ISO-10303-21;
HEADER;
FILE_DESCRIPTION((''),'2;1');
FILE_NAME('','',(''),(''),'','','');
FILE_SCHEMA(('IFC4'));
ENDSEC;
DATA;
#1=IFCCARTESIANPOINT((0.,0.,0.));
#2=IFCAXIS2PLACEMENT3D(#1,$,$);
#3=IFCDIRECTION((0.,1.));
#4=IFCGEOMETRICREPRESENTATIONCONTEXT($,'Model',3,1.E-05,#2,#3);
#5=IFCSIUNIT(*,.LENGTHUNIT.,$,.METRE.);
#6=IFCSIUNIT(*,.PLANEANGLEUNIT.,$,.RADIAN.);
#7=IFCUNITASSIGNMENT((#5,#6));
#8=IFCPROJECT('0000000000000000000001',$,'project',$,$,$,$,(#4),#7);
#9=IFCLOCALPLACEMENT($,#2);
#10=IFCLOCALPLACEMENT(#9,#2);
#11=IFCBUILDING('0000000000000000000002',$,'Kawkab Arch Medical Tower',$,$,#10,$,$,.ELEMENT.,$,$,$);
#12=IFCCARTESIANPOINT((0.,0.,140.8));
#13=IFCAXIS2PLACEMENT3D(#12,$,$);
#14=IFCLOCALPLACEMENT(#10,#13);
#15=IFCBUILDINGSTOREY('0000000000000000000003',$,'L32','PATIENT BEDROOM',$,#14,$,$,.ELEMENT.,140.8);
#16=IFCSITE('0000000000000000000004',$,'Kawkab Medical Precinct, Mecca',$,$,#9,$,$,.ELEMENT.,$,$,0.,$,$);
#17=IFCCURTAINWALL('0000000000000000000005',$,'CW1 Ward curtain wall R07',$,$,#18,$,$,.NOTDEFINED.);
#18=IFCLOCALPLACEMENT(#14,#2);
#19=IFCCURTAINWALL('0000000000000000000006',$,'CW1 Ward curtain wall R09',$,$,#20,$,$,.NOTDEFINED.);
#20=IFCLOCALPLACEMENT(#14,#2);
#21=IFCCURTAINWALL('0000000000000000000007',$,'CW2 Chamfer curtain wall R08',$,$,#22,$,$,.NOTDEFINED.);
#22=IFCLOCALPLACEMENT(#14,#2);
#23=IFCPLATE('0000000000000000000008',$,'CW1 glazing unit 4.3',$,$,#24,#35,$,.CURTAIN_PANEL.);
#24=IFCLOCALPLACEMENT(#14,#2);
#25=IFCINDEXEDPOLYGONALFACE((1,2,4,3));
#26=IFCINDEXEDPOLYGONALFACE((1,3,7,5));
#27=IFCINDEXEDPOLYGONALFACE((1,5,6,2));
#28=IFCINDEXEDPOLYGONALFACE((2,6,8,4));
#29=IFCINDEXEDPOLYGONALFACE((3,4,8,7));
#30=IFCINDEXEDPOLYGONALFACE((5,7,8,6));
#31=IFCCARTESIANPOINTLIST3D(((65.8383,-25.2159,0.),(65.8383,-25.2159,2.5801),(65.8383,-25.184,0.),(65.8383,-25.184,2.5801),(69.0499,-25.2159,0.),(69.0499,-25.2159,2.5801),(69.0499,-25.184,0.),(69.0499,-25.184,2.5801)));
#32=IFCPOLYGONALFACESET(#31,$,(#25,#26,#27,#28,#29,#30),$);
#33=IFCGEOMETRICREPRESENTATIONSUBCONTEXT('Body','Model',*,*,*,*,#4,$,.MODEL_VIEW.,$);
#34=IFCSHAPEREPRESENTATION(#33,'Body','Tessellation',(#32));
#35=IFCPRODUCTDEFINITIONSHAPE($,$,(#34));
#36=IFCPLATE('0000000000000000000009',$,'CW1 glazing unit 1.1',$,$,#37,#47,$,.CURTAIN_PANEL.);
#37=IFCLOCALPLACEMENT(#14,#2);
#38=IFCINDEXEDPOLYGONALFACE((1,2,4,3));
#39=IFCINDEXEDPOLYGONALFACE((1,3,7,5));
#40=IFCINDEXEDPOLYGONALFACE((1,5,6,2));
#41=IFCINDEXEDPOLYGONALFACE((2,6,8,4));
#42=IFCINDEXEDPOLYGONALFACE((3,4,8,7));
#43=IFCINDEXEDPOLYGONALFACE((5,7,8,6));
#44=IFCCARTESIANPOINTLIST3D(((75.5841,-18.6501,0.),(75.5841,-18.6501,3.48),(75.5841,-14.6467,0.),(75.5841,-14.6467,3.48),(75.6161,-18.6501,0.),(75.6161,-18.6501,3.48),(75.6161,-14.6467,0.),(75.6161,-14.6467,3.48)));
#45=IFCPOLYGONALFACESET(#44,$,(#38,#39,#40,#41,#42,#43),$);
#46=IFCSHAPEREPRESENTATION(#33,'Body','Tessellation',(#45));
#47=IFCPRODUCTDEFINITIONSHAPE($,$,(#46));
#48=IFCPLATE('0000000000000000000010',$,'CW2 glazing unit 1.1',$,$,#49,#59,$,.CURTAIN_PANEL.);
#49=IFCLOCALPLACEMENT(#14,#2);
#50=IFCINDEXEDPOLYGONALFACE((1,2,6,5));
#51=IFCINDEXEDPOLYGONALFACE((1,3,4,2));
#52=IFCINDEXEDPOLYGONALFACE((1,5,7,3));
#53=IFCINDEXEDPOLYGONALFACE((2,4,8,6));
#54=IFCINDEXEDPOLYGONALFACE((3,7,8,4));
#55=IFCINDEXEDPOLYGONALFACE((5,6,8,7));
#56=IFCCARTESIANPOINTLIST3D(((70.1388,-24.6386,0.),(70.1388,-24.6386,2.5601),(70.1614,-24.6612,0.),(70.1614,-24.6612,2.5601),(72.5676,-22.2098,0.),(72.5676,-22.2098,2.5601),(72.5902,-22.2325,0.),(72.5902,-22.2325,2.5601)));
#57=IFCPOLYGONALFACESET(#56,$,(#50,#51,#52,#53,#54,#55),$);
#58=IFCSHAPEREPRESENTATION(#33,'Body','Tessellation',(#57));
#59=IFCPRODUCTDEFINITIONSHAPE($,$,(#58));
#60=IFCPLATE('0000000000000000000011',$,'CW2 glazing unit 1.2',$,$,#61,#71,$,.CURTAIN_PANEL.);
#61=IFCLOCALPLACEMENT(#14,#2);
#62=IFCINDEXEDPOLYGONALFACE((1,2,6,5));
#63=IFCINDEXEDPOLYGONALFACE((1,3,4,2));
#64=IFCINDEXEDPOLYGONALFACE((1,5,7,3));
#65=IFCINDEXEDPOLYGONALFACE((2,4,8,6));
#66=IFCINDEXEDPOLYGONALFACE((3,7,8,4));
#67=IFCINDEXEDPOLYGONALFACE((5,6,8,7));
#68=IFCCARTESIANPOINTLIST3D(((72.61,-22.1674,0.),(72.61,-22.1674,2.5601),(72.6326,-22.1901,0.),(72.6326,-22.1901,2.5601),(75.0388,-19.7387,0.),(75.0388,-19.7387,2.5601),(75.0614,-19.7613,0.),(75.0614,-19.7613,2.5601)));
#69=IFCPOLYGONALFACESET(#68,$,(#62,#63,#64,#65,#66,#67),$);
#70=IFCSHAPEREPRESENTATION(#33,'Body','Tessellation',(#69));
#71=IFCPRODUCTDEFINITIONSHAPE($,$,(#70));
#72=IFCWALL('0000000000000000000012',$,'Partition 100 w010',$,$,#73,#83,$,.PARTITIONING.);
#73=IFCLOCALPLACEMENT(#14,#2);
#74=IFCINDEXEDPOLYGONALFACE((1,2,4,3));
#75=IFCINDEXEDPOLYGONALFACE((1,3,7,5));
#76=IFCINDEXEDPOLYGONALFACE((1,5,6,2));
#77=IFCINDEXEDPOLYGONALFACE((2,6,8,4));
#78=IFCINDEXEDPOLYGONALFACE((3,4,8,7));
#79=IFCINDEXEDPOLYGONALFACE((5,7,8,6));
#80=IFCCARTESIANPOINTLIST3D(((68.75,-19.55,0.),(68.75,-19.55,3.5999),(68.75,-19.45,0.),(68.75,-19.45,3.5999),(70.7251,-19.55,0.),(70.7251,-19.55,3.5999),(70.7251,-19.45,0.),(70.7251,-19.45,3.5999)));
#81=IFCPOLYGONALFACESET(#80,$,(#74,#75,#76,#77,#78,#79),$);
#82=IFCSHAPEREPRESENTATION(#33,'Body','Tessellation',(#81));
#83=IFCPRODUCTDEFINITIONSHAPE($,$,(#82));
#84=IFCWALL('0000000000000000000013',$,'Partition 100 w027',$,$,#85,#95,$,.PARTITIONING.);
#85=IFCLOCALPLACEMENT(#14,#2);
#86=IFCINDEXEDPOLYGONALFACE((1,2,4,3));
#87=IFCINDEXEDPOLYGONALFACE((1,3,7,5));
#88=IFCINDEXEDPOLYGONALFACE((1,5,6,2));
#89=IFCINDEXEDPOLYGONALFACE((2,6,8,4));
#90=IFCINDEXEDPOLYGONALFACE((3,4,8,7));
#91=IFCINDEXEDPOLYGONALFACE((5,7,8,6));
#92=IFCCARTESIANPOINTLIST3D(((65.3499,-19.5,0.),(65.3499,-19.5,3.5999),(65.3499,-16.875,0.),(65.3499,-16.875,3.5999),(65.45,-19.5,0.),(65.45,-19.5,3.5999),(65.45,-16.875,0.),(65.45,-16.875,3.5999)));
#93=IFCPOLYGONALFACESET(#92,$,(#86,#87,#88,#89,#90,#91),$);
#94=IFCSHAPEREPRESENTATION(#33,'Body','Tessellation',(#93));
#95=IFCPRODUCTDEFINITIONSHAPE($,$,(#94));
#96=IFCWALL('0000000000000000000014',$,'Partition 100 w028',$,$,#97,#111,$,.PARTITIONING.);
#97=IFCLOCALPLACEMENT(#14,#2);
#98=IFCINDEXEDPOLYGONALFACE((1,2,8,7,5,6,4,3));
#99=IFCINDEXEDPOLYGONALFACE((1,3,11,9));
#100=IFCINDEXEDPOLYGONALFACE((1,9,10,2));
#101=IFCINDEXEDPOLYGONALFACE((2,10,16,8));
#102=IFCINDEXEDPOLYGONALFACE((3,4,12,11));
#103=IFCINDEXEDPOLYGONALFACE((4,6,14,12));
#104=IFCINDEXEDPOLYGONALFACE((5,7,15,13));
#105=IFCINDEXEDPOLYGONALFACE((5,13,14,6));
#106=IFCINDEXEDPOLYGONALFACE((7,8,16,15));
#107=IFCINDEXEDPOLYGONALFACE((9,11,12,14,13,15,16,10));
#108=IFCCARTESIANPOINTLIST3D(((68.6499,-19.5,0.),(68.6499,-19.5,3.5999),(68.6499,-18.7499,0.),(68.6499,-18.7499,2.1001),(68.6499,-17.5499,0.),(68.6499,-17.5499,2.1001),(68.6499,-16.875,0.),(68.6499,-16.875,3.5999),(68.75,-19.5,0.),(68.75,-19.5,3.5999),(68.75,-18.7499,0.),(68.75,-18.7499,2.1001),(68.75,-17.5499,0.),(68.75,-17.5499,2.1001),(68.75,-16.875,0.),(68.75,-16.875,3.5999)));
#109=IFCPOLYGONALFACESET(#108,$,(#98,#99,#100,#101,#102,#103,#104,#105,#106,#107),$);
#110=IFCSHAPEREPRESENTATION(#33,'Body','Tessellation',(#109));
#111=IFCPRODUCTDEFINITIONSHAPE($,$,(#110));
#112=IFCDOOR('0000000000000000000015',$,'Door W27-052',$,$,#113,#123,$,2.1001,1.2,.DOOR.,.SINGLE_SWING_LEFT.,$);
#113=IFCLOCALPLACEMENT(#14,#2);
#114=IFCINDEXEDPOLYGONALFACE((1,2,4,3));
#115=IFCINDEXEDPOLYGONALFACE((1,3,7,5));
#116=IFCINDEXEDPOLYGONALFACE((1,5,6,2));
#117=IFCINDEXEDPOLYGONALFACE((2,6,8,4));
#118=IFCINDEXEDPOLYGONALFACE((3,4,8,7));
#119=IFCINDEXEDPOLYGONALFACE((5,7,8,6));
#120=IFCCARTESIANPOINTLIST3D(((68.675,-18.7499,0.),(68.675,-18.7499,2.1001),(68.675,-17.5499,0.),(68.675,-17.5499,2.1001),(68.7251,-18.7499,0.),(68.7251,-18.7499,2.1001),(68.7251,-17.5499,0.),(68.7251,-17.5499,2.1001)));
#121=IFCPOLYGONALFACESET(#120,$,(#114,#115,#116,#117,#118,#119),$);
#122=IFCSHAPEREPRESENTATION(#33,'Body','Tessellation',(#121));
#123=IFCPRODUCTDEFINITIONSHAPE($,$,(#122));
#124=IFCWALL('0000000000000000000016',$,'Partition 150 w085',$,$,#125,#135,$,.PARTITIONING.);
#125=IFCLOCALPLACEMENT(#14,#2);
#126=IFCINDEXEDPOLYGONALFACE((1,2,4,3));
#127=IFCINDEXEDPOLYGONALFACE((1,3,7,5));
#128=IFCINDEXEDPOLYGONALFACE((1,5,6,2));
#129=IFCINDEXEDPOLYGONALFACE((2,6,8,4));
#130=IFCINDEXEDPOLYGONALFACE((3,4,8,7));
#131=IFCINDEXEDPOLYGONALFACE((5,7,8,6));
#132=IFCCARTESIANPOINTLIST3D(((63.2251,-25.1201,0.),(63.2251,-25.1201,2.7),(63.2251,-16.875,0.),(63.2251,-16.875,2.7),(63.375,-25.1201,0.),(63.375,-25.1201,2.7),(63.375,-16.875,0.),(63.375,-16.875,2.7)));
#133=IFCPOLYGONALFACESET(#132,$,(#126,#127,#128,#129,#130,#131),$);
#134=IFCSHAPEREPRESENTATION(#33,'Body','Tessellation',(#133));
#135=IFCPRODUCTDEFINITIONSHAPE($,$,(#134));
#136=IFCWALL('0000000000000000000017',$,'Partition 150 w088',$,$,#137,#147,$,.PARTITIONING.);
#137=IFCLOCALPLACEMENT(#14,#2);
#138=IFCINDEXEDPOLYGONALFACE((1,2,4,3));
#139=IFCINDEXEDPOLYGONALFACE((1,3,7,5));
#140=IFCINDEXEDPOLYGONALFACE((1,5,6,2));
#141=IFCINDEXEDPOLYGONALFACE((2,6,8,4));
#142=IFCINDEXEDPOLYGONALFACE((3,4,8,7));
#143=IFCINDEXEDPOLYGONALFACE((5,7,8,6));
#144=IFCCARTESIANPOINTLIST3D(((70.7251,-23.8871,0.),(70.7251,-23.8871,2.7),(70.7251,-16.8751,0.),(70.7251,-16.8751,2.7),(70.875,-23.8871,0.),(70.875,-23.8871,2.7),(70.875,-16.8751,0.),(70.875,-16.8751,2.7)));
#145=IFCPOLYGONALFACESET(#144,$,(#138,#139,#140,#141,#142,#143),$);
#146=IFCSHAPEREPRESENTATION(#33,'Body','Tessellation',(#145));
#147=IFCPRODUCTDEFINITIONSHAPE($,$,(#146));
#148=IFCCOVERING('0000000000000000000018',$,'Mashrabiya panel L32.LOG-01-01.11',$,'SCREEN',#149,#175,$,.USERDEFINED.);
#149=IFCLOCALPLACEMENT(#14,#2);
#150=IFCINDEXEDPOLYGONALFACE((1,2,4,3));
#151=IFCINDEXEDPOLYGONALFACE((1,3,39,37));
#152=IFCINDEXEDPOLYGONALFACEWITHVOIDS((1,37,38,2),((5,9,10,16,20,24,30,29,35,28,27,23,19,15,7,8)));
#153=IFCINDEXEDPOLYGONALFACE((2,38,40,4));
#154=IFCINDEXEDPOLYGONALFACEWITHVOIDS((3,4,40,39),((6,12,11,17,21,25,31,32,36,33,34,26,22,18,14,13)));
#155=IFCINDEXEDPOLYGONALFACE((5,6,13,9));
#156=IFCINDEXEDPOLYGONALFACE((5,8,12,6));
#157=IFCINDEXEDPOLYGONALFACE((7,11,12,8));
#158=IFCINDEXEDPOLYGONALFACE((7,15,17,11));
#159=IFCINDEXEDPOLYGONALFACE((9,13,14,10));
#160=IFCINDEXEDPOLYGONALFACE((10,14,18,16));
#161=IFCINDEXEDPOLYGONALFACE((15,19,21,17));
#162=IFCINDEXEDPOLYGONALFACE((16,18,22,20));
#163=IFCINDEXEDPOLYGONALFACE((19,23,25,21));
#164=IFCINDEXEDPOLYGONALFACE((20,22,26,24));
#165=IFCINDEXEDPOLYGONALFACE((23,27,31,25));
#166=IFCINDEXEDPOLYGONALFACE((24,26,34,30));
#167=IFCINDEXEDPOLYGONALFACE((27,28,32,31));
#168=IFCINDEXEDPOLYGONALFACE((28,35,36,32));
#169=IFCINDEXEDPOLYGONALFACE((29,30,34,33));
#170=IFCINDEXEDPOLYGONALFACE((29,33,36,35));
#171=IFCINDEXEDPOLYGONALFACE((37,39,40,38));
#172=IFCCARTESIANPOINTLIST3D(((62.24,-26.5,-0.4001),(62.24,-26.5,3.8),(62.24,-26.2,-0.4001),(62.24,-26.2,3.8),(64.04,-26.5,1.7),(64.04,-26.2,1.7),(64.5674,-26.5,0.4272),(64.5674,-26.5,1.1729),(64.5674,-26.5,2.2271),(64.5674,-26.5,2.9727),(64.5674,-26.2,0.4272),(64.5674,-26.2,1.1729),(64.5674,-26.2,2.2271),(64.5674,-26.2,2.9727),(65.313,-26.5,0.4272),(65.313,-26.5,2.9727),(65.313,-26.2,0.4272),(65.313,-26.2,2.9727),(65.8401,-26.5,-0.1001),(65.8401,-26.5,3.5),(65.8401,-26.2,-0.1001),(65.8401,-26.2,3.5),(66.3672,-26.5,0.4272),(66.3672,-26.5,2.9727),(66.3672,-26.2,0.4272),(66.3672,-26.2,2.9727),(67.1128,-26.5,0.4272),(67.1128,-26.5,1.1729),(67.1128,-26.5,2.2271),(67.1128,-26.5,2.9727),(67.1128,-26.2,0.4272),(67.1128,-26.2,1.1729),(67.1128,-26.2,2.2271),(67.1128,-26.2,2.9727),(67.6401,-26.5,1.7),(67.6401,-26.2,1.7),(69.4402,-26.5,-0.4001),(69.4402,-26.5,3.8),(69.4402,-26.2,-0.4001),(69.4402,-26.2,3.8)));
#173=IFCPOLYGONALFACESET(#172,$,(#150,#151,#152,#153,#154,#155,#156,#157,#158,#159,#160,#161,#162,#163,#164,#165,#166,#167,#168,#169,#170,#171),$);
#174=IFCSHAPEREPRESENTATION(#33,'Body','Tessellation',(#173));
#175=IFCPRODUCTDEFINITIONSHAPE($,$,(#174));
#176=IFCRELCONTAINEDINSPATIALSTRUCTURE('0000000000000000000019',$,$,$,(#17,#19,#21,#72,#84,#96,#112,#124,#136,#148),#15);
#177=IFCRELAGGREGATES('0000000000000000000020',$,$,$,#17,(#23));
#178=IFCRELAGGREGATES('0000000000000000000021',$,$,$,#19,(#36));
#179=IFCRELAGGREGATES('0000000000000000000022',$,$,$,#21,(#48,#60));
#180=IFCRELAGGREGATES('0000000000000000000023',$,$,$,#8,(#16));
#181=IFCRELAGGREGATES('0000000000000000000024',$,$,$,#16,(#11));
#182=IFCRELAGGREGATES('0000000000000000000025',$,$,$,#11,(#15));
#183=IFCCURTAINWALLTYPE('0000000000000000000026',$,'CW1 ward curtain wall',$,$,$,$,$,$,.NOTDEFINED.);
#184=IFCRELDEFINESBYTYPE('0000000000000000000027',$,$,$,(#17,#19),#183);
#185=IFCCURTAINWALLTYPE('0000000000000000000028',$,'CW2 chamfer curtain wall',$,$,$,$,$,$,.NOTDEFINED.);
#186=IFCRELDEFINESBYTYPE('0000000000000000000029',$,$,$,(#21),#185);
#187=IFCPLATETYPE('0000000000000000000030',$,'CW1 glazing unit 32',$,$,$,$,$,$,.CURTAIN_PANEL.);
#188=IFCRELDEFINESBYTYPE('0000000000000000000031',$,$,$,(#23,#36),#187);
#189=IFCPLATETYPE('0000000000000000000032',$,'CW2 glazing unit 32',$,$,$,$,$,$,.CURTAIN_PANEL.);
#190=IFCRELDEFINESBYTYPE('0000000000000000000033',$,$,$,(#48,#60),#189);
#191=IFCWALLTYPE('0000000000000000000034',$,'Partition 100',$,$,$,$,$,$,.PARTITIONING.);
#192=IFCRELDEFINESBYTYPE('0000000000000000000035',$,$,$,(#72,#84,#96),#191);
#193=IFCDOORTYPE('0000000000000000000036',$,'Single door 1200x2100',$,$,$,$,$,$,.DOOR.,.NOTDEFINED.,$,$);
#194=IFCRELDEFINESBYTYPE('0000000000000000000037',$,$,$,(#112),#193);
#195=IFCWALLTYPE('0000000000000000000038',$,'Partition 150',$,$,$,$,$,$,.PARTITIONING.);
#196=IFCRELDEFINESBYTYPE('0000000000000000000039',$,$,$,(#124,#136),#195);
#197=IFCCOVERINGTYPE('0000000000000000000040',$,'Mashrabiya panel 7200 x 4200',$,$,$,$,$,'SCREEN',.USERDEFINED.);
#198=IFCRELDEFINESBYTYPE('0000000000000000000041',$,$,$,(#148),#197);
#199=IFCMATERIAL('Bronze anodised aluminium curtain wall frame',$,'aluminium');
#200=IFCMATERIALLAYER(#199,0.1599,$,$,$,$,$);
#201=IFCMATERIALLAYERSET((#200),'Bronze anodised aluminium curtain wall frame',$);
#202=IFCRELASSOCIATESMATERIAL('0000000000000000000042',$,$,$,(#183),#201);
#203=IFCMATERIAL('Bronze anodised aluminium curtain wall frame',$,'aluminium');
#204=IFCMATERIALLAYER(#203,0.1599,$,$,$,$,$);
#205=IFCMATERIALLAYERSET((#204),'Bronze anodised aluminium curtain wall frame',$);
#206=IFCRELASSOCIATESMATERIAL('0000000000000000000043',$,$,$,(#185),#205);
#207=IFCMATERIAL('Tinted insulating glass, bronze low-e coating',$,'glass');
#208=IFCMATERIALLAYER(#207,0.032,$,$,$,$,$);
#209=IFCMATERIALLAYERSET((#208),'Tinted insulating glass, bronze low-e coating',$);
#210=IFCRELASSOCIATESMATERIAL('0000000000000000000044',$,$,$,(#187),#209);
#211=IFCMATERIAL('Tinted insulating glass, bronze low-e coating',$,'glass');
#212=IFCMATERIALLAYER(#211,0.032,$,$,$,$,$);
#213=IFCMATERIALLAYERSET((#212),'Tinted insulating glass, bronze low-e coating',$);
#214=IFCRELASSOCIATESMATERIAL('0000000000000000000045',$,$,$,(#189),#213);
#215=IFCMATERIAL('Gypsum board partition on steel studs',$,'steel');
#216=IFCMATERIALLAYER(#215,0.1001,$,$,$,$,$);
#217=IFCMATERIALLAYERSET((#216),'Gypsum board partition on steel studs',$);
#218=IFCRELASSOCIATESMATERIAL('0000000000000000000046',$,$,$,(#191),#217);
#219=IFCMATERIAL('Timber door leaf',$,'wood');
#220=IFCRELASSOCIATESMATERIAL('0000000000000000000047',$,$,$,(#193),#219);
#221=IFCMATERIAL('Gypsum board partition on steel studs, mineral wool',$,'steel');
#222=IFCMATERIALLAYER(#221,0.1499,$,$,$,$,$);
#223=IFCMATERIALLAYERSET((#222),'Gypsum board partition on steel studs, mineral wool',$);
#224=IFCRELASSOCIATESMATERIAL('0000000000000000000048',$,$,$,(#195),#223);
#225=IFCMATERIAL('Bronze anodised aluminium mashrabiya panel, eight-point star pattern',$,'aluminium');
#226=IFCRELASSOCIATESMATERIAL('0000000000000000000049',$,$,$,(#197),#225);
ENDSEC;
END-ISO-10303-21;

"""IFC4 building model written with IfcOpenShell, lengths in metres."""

from ifc_helpers import new_model, si_unit, direction, frame, frame_2d, origin, origin_2d, place, context, subcontext, project, spatial, polyline, rectangle, outline, extrude, material, layer, layer_set, material_profile, profile_set, type_object, element, fill, aggregate, save


model = new_model("IFC4")

# Units and contexts
model_context = context("Model", 3, precision=1e-05, world=origin(), true_north=direction((0.0, 1.0)))
body_context = subcontext(model_context, "Body", "Model", "MODEL_VIEW")
ifc_project = project(units=[si_unit("LENGTHUNIT", "METRE"), si_unit("PLANEANGLEUNIT", "RADIAN")], contexts=[model_context])

# Site, building, storey
site_placement = place(None, origin())
site = spatial("IfcSite", under=ifc_project, at=site_placement, Name="Kawkab Medical Precinct, Mecca", CompositionType="ELEMENT", RefElevation=0.0)
building_placement = place(site_placement, origin())
building = spatial("IfcBuilding", under=site, at=building_placement, Name="Kawkab Arch Medical Tower", CompositionType="ELEMENT")
storey_placement = place(building_placement, frame((0.0, 0.0, 140.8)))
storey = spatial("IfcBuildingStorey", under=building, at=storey_placement, Name="L32", Description="PATIENT BEDROOM", CompositionType="ELEMENT", Elevation=140.8)

# Curtain walls
ifc_material_1 = material(Name="Bronze anodised aluminium curtain wall frame", Category="aluminium")
ifc_layer_1 = layer(ifc_material_1, 0.1599)
ifc_layer_set_1 = layer_set([ifc_layer_1], Name="Bronze anodised aluminium curtain wall frame")
curtain_wall_type_1 = type_object("IfcCurtainWallType", Name="CW1 ward curtain wall", PredefinedType="NOTDEFINED", material=ifc_layer_set_1)
placement = place(storey_placement, origin())
curtain_wall_1 = element("IfcCurtainWall", 1, at=placement, inside=storey, type_object=curtain_wall_type_1, Name="CW1 Ward curtain wall R07", PredefinedType="NOTDEFINED")
curtain_wall_2 = element("IfcCurtainWall", 2, at=placement, inside=storey, type_object=curtain_wall_type_1, Name="CW1 Ward curtain wall R09", PredefinedType="NOTDEFINED")
ifc_material_2 = material(Name="Bronze anodised aluminium curtain wall frame", Category="aluminium")
ifc_layer_2 = layer(ifc_material_2, 0.1599)
ifc_layer_set_2 = layer_set([ifc_layer_2], Name="Bronze anodised aluminium curtain wall frame")
curtain_wall_type_2 = type_object("IfcCurtainWallType", Name="CW2 chamfer curtain wall", PredefinedType="NOTDEFINED", material=ifc_layer_set_2)
curtain_wall_3 = element("IfcCurtainWall", 3, at=placement, inside=storey, type_object=curtain_wall_type_2, Name="CW2 Chamfer curtain wall R08", PredefinedType="NOTDEFINED")

# Plates
ifc_material_3 = material(Name="Tinted insulating glass, bronze low-e coating", Category="glass")
ifc_layer_3 = layer(ifc_material_3, 0.032)
ifc_layer_set_3 = layer_set([ifc_layer_3], Name="Tinted insulating glass, bronze low-e coating")
plate_type_1 = type_object("IfcPlateType", Name="CW1 glazing unit 32", PredefinedType="CURTAIN_PANEL", material=ifc_layer_set_3)
plate_1_placement = place(storey_placement, frame((67.4441, -25.2, 0.0), z_axis=(0.0, 0.0, 1.0), x_axis=(1.0, 0.0, 0.0)))
plate_1 = element("IfcPlate", 4, at=plate_1_placement, type_object=plate_type_1, Name="CW1 glazing unit 4.3", PredefinedType="CURTAIN_PANEL", context=body_context, shape_type="SweptSolid", body=[
    extrude(rectangle(XDim=3.2117, YDim=0.032, at=origin_2d()), origin(), (0.0, 0.0, 1.0), 2.5801),
])
aggregate(curtain_wall_1, [plate_1])
plate_2_placement = place(storey_placement, frame((75.6001, -16.6484, 0.0), z_axis=(0.0, 0.0, 1.0), x_axis=(0.0, 1.0, 0.0)))
plate_2 = element("IfcPlate", 5, at=plate_2_placement, type_object=plate_type_1, Name="CW1 glazing unit 1.1", PredefinedType="CURTAIN_PANEL", context=body_context, shape_type="SweptSolid", body=[
    extrude(rectangle(XDim=4.0034, YDim=0.032, at=origin_2d()), origin(), (0.0, 0.0, 1.0), 3.48),
])
aggregate(curtain_wall_2, [plate_2])
ifc_material_4 = material(Name="Tinted insulating glass, bronze low-e coating", Category="glass")
ifc_layer_4 = layer(ifc_material_4, 0.032)
ifc_layer_set_4 = layer_set([ifc_layer_4], Name="Tinted insulating glass, bronze low-e coating")
plate_type_2 = type_object("IfcPlateType", Name="CW2 glazing unit 32", PredefinedType="CURTAIN_PANEL", material=ifc_layer_set_4)
plate_3_placement = place(storey_placement, frame((71.3645, -23.4355, 0.0), z_axis=(0.0, 0.0, 1.0), x_axis=(0.707107, 0.707107, 0.0)))
plate_3 = element("IfcPlate", 6, at=plate_3_placement, type_object=plate_type_2, Name="CW2 glazing unit 1.1", PredefinedType="CURTAIN_PANEL", context=body_context, shape_type="SweptSolid", body=[
    extrude(rectangle(XDim=3.4348, YDim=0.032, at=origin_2d()), origin(), (0.0, 0.0, 1.0), 2.5601),
])
plate_4_placement = place(storey_placement, frame((73.8357, -20.9644, 0.0), z_axis=(0.0, 0.0, 1.0), x_axis=(0.707107, 0.707107, 0.0)))
plate_4 = element("IfcPlate", 7, at=plate_4_placement, type_object=plate_type_2, Name="CW2 glazing unit 1.2", PredefinedType="CURTAIN_PANEL", context=body_context, shape_type="SweptSolid", body=[
    extrude(rectangle(XDim=3.4348, YDim=0.032, at=origin_2d()), origin(), (0.0, 0.0, 1.0), 2.5601),
])
aggregate(curtain_wall_3, [plate_3, plate_4])

# Walls
ifc_material_5 = material(Name="Gypsum board partition on steel studs", Category="steel")
ifc_layer_5 = layer(ifc_material_5, 0.1001)
ifc_layer_set_5 = layer_set([ifc_layer_5], Name="Gypsum board partition on steel studs")
wall_type_1 = type_object("IfcWallType", Name="Partition 100", PredefinedType="PARTITIONING", material=ifc_layer_set_5)
wall_1_placement = place(storey_placement, frame((68.75, -19.5, 0.0), z_axis=(0.0, 0.0, 1.0), x_axis=(1.0, 0.0, 0.0)))
element("IfcWall", 8, at=wall_1_placement, inside=storey, type_object=wall_type_1, Name="Partition 100 w010", PredefinedType="PARTITIONING", context=body_context, shape_type="SweptSolid", body=[
    extrude(rectangle(XDim=1.9751, YDim=0.1001, at=frame_2d((0.9875, 0.0))), origin(), (0.0, 0.0, 1.0), 3.5999),
])
wall_2_placement = place(storey_placement, frame((65.3999, -19.5, 0.0), z_axis=(0.0, 0.0, 1.0), x_axis=(0.0, 1.0, 0.0)))
element("IfcWall", 9, at=wall_2_placement, inside=storey, type_object=wall_type_1, Name="Partition 100 w027", PredefinedType="PARTITIONING", context=body_context, shape_type="SweptSolid", body=[
    extrude(rectangle(XDim=2.625, YDim=0.1001, at=frame_2d((1.3125, 0.0))), origin(), (0.0, 0.0, 1.0), 3.5999),
])

# Wall, opening, door
wall_3_placement = place(storey_placement, frame((68.7, -19.5, 0.0), z_axis=(0.0, 0.0, 1.0), x_axis=(0.0, 1.0, 0.0)))
wall_3 = element("IfcWall", 10, at=wall_3_placement, inside=storey, type_object=wall_type_1, Name="Partition 100 w028", PredefinedType="PARTITIONING", context=body_context, shape_type="SweptSolid", body=[
    extrude(rectangle(XDim=2.625, YDim=0.1001, at=frame_2d((1.3125, 0.0))), origin(), (0.0, 0.0, 1.0), 3.5999),
])
opening_placement = place(wall_3_placement, frame((0.75, 0.0, 0.0)))
opening = element("IfcOpeningElement", 11, at=opening_placement, cuts=wall_3, PredefinedType="OPENING", context=body_context, shape_type="SweptSolid", body=[
    extrude(rectangle(XDim=1.2, YDim=2.1001, at=frame_2d((0.6001, 1.05))), frame((0.0, 0.0601, 0.0), z_axis=(0.0, -1.0, 0.0), x_axis=(1.0, 0.0, 0.0)), (0.0, 0.0, 1.0), 0.1201),
])
ifc_material_6 = material(Name="Timber door leaf", Category="wood")
door_type = type_object("IfcDoorType", Name="Single door 1200x2100", OperationType="NOTDEFINED", PredefinedType="DOOR", material=ifc_material_6)
door_placement = place(opening_placement, origin())
door = element("IfcDoor", 12, at=door_placement, inside=storey, type_object=door_type, Name="Door W27-052", OperationType="SINGLE_SWING_LEFT", OverallHeight=2.1001, OverallWidth=1.2, PredefinedType="DOOR", context=body_context, shape_type="SweptSolid", body=[
    extrude(rectangle(XDim=1.2, YDim=2.1001, at=frame_2d((0.6001, 1.05))), frame((0.0, 0.0249, 0.0), z_axis=(0.0, -1.0, 0.0), x_axis=(1.0, 0.0, 0.0)), (0.0, 0.0, 1.0), 0.05),
])
fill(opening, door)

# Walls
ifc_material_7 = material(Name="Gypsum board partition on steel studs, mineral wool", Category="steel")
ifc_layer_6 = layer(ifc_material_7, 0.1499)
ifc_layer_set_6 = layer_set([ifc_layer_6], Name="Gypsum board partition on steel studs, mineral wool")
wall_type_2 = type_object("IfcWallType", Name="Partition 150", PredefinedType="PARTITIONING", material=ifc_layer_set_6)
wall_4_placement = place(storey_placement, frame((63.3, -25.1201, 0.0), z_axis=(0.0, 0.0, 1.0), x_axis=(0.0, 1.0, 0.0)))
element("IfcWall", 13, at=wall_4_placement, inside=storey, type_object=wall_type_2, Name="Partition 150 w085", PredefinedType="PARTITIONING", context=body_context, shape_type="SweptSolid", body=[
    extrude(rectangle(XDim=8.2451, YDim=0.1499, at=frame_2d((4.1226, 0.0))), origin(), (0.0, 0.0, 1.0), 2.7),
])
wall_5_placement = place(storey_placement, frame((70.8, -23.887, 0.0), z_axis=(0.0, 0.0, 1.0), x_axis=(0.0, 1.0, 0.0)))
element("IfcWall", 14, at=wall_5_placement, inside=storey, type_object=wall_type_2, Name="Partition 150 w088", PredefinedType="PARTITIONING", context=body_context, shape_type="SweptSolid", body=[
    extrude(rectangle(XDim=7.012, YDim=0.1499, at=frame_2d((3.5059, 0.0))), origin(), (0.0, 0.0, 1.0), 2.7),
])

# Covering
ifc_material_8 = material(Name="Bronze anodised aluminium mashrabiya panel, eight-point star pattern", Category="aluminium")
ifc_material_profile_1 = material_profile(ifc_material_8, outline(polyline([(-3.6001, -2.1001), (3.6001, -2.1001), (3.6001, 2.1001), (-3.6001, 2.1001), (-3.6001, -2.1001)]), holes=[polyline([(1.8, 0.0), (1.2727, 0.5271), (1.2727, 1.2727), (0.5271, 1.2727), (0.0, 1.8), (-0.5271, 1.2727), (-1.2727, 1.2727), (-1.2727, 0.5271), (-1.8, 0.0), (-1.2727, -0.5271), (-1.2727, -1.2727), (-0.5271, -1.2727), (0.0, -1.8), (0.5271, -1.2727), (1.2727, -1.2727), (1.2727, -0.5271), (1.8, 0.0)])]), Name="Mashrabiya panel 7200x4200")
ifc_profile_set_1 = profile_set([ifc_material_profile_1], Name="Bronze anodised aluminium mashrabiya panel, eight-point star pattern")
covering_type_1 = type_object("IfcCoveringType", Name="Mashrabiya panel 7200 x 4200", ElementType="SCREEN", PredefinedType="USERDEFINED", material=ifc_profile_set_1)
covering_1_placement = place(storey_placement, frame((65.8401, -26.2, 1.7), z_axis=(0.0, -1.0, 0.0), x_axis=(1.0, 0.0, 0.0)))
element("IfcCovering", 15, at=covering_1_placement, inside=storey, type_object=covering_type_1, Name="Mashrabiya panel L32.LOG-01-01.11", ObjectType="SCREEN", PredefinedType="USERDEFINED", context=body_context, shape_type="SweptSolid", body=[
    extrude(outline(polyline([(-3.6001, -2.1001), (3.6001, -2.1001), (3.6001, 2.1001), (-3.6001, 2.1001), (-3.6001, -2.1001)]), holes=[polyline([(1.8, 0.0), (1.2727, 0.5271), (1.2727, 1.2727), (0.5271, 1.2727), (0.0, 1.8), (-0.5271, 1.2727), (-1.2727, 1.2727), (-1.2727, 0.5271), (-1.8, 0.0), (-1.2727, -0.5271), (-1.2727, -1.2727), (-0.5271, -1.2727), (0.0, -1.8), (0.5271, -1.2727), (1.2727, -1.2727), (1.2727, -0.5271), (1.8, 0.0)])]), origin(), (0.0, 0.0, 1.0), 0.3),
])

save(model, "model.ifc")
